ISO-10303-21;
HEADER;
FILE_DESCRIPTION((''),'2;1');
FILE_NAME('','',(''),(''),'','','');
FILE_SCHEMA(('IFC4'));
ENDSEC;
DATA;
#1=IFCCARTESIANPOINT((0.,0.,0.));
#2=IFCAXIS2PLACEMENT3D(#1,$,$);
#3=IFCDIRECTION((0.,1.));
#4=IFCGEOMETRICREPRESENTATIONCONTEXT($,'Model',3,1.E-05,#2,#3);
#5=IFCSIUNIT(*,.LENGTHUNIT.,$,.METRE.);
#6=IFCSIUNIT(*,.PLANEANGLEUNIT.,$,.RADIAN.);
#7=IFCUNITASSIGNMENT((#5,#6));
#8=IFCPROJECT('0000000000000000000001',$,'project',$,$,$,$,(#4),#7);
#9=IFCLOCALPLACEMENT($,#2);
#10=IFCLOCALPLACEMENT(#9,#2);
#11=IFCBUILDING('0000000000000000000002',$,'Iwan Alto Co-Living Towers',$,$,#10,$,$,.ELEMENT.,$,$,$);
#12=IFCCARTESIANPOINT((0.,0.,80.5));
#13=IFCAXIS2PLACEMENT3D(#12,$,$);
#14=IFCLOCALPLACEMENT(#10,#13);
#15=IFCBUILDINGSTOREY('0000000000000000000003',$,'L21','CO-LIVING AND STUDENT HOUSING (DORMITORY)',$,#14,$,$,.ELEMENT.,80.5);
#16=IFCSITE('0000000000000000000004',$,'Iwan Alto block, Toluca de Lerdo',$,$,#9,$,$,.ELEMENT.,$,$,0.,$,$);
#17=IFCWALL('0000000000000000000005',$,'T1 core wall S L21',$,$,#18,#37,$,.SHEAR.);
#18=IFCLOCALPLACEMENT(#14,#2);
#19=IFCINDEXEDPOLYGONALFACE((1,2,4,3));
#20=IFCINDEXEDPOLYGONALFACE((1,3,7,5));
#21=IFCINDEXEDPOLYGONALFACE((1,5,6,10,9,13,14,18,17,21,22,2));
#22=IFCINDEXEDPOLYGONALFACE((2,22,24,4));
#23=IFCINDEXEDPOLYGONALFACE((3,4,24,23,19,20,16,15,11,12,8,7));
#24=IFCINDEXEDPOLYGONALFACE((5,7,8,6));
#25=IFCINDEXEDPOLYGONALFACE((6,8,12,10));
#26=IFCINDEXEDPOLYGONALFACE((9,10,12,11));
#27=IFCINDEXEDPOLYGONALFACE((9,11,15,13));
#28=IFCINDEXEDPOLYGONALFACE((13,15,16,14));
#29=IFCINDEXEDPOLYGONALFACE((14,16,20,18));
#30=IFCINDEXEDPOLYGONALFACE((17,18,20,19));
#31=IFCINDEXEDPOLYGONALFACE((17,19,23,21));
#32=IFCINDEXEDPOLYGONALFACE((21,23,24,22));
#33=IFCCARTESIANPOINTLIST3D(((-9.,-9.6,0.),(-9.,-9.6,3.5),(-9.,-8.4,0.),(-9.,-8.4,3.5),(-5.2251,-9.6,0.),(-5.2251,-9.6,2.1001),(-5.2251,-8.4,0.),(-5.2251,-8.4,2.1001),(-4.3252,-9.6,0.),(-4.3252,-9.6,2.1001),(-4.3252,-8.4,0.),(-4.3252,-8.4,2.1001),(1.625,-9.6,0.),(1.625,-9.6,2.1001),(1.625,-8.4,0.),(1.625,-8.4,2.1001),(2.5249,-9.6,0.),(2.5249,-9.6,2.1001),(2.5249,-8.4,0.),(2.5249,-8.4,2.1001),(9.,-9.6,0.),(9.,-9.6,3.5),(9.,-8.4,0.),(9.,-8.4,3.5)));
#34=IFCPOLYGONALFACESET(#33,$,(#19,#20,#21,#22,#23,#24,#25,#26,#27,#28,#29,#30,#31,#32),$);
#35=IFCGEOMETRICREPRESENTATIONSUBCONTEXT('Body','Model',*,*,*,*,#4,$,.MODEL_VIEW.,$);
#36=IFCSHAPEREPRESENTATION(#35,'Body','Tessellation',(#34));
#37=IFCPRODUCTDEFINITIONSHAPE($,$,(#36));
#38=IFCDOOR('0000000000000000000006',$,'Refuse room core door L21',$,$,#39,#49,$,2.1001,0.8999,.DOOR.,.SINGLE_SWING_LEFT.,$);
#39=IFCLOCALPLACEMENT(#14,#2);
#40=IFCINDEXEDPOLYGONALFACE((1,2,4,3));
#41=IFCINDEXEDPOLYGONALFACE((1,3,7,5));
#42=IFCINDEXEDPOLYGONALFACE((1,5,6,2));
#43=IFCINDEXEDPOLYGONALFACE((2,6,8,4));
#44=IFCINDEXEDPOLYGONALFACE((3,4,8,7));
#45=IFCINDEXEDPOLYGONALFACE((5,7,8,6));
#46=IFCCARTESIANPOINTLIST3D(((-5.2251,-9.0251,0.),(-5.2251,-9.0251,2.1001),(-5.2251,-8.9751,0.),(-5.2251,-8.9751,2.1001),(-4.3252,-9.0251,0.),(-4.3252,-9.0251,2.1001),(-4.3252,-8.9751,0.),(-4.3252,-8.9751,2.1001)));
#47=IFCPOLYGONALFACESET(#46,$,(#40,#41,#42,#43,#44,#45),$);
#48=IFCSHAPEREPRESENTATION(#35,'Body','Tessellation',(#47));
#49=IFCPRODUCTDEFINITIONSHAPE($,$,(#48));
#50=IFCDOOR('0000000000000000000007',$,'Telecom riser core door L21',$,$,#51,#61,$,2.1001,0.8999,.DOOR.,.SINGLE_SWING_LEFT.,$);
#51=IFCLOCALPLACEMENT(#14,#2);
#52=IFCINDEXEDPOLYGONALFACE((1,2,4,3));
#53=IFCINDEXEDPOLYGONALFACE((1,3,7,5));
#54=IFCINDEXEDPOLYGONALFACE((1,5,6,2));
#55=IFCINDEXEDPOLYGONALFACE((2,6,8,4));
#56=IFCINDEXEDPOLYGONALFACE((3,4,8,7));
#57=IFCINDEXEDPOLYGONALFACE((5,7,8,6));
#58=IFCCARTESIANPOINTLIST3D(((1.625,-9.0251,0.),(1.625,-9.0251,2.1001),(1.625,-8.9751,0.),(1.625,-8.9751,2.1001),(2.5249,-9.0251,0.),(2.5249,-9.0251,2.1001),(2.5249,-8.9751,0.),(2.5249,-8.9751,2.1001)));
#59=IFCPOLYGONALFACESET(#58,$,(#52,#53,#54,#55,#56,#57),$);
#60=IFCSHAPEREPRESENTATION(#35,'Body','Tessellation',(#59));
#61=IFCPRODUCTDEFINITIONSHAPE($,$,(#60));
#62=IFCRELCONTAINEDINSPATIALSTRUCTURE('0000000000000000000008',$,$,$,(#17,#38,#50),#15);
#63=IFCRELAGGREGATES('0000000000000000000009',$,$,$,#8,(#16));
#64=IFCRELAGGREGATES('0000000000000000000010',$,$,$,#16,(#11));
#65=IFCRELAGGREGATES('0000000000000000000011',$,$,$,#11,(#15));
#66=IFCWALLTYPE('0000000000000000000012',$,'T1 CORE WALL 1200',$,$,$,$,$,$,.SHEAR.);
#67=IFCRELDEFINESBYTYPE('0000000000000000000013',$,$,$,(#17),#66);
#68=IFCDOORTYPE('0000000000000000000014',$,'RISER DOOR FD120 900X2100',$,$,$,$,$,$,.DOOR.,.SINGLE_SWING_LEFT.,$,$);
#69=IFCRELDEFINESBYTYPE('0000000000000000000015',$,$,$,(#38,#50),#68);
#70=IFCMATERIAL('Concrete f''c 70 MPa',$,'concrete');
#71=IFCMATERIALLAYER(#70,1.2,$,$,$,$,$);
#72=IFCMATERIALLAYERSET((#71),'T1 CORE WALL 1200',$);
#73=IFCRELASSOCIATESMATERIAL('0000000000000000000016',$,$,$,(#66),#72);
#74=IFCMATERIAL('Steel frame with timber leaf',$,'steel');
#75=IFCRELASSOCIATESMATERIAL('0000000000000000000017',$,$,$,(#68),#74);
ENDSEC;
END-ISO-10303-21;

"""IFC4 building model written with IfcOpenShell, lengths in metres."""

from ifc_helpers import new_model, si_unit, direction, frame, frame_2d, origin, place, context, subcontext, project, spatial, rectangle, extrude, material, layer, layer_set, type_object, element, fill, save


model = new_model("IFC4")

# Units and contexts
model_context = context("Model", 3, precision=1e-05, world=origin(), true_north=direction((0.0, 1.0)))
body_context = subcontext(model_context, "Body", "Model", "MODEL_VIEW")
ifc_project = project(units=[si_unit("LENGTHUNIT", "METRE"), si_unit("PLANEANGLEUNIT", "RADIAN")], contexts=[model_context])

# Site, building, storey
site_placement = place(None, origin())
site = spatial("IfcSite", under=ifc_project, at=site_placement, Name="Iwan Alto block, Toluca de Lerdo", CompositionType="ELEMENT", RefElevation=0.0)
building_placement = place(site_placement, origin())
building = spatial("IfcBuilding", under=site, at=building_placement, Name="Iwan Alto Co-Living Towers", CompositionType="ELEMENT")
storey_placement = place(building_placement, frame((0.0, 0.0, 80.5)))
storey = spatial("IfcBuildingStorey", under=building, at=storey_placement, Name="L21", Description="CO-LIVING AND STUDENT HOUSING (DORMITORY)", CompositionType="ELEMENT", Elevation=80.5)

# Wall, openings, doors
ifc_material_1 = material(Name="Concrete f'c 70 MPa", Category="concrete")
ifc_layer_1 = layer(ifc_material_1, 1.2)
ifc_layer_set_1 = layer_set([ifc_layer_1], Name="T1 CORE WALL 1200")
wall_type_1 = type_object("IfcWallType", Name="T1 CORE WALL 1200", PredefinedType="SHEAR", material=ifc_layer_set_1)
wall_1_placement = place(storey_placement, frame((-9.0, -9.0, 0.0), z_axis=(0.0, 0.0, 1.0), x_axis=(1.0, 0.0, 0.0)))
wall_1 = element("IfcWall", 1, at=wall_1_placement, inside=storey, type_object=wall_type_1, Name="T1 core wall S L21", PredefinedType="SHEAR", context=body_context, shape_type="SweptSolid", body=[
    extrude(rectangle(XDim=18.0, YDim=1.2, at=frame_2d((9.0, 0.0))), origin(), (0.0, 0.0, 1.0), 3.5),
])
opening_1_placement = place(wall_1_placement, frame((3.7749, 0.0, 0.0)))
opening_1 = element("IfcOpeningElement", 2, at=opening_1_placement, cuts=wall_1, PredefinedType="OPENING", context=body_context, shape_type="SweptSolid", body=[
    extrude(rectangle(XDim=0.8999, YDim=2.1001, at=frame_2d((0.45, 1.05))), frame((0.0, 0.6099, 0.0), z_axis=(0.0, -1.0, 0.0), x_axis=(1.0, 0.0, 0.0)), (0.0, 0.0, 1.0), 1.22),
])
opening_2_placement = place(wall_1_placement, frame((10.625, 0.0, 0.0)))
opening_2 = element("IfcOpeningElement", 3, at=opening_2_placement, cuts=wall_1, PredefinedType="OPENING", context=body_context, shape_type="SweptSolid", body=[
    extrude(rectangle(XDim=0.8999, YDim=2.1001, at=frame_2d((0.45, 1.05))), frame((0.0, 0.6099, 0.0), z_axis=(0.0, -1.0, 0.0), x_axis=(1.0, 0.0, 0.0)), (0.0, 0.0, 1.0), 1.22),
])
ifc_material_2 = material(Name="Steel frame with timber leaf", Category="steel")
door_type_1 = type_object("IfcDoorType", Name="RISER DOOR FD120 900X2100", OperationType="SINGLE_SWING_LEFT", PredefinedType="DOOR", material=ifc_material_2)
door_1_placement = place(opening_1_placement, origin())
door_1 = element("IfcDoor", 4, at=door_1_placement, inside=storey, type_object=door_type_1, Name="Refuse room core door L21", OperationType="SINGLE_SWING_LEFT", OverallHeight=2.1001, OverallWidth=0.8999, PredefinedType="DOOR", context=body_context, shape_type="SweptSolid", body=[
    extrude(rectangle(XDim=0.8999, YDim=2.1001, at=frame_2d((0.45, 1.05))), frame((0.0, 0.0249, 0.0), z_axis=(0.0, -1.0, 0.0), x_axis=(1.0, 0.0, 0.0)), (0.0, 0.0, 1.0), 0.05),
])
fill(opening_1, door_1)
door_2_placement = place(opening_2_placement, origin())
door_2 = element("IfcDoor", 5, at=door_2_placement, inside=storey, type_object=door_type_1, Name="Telecom riser core door L21", OperationType="SINGLE_SWING_LEFT", OverallHeight=2.1001, OverallWidth=0.8999, PredefinedType="DOOR", context=body_context, shape_type="SweptSolid", body=[
    extrude(rectangle(XDim=0.8999, YDim=2.1001, at=frame_2d((0.45, 1.05))), frame((0.0, 0.0249, 0.0), z_axis=(0.0, -1.0, 0.0), x_axis=(1.0, 0.0, 0.0)), (0.0, 0.0, 1.0), 0.05),
])
fill(opening_2, door_2)

save(model, "model.ifc")
